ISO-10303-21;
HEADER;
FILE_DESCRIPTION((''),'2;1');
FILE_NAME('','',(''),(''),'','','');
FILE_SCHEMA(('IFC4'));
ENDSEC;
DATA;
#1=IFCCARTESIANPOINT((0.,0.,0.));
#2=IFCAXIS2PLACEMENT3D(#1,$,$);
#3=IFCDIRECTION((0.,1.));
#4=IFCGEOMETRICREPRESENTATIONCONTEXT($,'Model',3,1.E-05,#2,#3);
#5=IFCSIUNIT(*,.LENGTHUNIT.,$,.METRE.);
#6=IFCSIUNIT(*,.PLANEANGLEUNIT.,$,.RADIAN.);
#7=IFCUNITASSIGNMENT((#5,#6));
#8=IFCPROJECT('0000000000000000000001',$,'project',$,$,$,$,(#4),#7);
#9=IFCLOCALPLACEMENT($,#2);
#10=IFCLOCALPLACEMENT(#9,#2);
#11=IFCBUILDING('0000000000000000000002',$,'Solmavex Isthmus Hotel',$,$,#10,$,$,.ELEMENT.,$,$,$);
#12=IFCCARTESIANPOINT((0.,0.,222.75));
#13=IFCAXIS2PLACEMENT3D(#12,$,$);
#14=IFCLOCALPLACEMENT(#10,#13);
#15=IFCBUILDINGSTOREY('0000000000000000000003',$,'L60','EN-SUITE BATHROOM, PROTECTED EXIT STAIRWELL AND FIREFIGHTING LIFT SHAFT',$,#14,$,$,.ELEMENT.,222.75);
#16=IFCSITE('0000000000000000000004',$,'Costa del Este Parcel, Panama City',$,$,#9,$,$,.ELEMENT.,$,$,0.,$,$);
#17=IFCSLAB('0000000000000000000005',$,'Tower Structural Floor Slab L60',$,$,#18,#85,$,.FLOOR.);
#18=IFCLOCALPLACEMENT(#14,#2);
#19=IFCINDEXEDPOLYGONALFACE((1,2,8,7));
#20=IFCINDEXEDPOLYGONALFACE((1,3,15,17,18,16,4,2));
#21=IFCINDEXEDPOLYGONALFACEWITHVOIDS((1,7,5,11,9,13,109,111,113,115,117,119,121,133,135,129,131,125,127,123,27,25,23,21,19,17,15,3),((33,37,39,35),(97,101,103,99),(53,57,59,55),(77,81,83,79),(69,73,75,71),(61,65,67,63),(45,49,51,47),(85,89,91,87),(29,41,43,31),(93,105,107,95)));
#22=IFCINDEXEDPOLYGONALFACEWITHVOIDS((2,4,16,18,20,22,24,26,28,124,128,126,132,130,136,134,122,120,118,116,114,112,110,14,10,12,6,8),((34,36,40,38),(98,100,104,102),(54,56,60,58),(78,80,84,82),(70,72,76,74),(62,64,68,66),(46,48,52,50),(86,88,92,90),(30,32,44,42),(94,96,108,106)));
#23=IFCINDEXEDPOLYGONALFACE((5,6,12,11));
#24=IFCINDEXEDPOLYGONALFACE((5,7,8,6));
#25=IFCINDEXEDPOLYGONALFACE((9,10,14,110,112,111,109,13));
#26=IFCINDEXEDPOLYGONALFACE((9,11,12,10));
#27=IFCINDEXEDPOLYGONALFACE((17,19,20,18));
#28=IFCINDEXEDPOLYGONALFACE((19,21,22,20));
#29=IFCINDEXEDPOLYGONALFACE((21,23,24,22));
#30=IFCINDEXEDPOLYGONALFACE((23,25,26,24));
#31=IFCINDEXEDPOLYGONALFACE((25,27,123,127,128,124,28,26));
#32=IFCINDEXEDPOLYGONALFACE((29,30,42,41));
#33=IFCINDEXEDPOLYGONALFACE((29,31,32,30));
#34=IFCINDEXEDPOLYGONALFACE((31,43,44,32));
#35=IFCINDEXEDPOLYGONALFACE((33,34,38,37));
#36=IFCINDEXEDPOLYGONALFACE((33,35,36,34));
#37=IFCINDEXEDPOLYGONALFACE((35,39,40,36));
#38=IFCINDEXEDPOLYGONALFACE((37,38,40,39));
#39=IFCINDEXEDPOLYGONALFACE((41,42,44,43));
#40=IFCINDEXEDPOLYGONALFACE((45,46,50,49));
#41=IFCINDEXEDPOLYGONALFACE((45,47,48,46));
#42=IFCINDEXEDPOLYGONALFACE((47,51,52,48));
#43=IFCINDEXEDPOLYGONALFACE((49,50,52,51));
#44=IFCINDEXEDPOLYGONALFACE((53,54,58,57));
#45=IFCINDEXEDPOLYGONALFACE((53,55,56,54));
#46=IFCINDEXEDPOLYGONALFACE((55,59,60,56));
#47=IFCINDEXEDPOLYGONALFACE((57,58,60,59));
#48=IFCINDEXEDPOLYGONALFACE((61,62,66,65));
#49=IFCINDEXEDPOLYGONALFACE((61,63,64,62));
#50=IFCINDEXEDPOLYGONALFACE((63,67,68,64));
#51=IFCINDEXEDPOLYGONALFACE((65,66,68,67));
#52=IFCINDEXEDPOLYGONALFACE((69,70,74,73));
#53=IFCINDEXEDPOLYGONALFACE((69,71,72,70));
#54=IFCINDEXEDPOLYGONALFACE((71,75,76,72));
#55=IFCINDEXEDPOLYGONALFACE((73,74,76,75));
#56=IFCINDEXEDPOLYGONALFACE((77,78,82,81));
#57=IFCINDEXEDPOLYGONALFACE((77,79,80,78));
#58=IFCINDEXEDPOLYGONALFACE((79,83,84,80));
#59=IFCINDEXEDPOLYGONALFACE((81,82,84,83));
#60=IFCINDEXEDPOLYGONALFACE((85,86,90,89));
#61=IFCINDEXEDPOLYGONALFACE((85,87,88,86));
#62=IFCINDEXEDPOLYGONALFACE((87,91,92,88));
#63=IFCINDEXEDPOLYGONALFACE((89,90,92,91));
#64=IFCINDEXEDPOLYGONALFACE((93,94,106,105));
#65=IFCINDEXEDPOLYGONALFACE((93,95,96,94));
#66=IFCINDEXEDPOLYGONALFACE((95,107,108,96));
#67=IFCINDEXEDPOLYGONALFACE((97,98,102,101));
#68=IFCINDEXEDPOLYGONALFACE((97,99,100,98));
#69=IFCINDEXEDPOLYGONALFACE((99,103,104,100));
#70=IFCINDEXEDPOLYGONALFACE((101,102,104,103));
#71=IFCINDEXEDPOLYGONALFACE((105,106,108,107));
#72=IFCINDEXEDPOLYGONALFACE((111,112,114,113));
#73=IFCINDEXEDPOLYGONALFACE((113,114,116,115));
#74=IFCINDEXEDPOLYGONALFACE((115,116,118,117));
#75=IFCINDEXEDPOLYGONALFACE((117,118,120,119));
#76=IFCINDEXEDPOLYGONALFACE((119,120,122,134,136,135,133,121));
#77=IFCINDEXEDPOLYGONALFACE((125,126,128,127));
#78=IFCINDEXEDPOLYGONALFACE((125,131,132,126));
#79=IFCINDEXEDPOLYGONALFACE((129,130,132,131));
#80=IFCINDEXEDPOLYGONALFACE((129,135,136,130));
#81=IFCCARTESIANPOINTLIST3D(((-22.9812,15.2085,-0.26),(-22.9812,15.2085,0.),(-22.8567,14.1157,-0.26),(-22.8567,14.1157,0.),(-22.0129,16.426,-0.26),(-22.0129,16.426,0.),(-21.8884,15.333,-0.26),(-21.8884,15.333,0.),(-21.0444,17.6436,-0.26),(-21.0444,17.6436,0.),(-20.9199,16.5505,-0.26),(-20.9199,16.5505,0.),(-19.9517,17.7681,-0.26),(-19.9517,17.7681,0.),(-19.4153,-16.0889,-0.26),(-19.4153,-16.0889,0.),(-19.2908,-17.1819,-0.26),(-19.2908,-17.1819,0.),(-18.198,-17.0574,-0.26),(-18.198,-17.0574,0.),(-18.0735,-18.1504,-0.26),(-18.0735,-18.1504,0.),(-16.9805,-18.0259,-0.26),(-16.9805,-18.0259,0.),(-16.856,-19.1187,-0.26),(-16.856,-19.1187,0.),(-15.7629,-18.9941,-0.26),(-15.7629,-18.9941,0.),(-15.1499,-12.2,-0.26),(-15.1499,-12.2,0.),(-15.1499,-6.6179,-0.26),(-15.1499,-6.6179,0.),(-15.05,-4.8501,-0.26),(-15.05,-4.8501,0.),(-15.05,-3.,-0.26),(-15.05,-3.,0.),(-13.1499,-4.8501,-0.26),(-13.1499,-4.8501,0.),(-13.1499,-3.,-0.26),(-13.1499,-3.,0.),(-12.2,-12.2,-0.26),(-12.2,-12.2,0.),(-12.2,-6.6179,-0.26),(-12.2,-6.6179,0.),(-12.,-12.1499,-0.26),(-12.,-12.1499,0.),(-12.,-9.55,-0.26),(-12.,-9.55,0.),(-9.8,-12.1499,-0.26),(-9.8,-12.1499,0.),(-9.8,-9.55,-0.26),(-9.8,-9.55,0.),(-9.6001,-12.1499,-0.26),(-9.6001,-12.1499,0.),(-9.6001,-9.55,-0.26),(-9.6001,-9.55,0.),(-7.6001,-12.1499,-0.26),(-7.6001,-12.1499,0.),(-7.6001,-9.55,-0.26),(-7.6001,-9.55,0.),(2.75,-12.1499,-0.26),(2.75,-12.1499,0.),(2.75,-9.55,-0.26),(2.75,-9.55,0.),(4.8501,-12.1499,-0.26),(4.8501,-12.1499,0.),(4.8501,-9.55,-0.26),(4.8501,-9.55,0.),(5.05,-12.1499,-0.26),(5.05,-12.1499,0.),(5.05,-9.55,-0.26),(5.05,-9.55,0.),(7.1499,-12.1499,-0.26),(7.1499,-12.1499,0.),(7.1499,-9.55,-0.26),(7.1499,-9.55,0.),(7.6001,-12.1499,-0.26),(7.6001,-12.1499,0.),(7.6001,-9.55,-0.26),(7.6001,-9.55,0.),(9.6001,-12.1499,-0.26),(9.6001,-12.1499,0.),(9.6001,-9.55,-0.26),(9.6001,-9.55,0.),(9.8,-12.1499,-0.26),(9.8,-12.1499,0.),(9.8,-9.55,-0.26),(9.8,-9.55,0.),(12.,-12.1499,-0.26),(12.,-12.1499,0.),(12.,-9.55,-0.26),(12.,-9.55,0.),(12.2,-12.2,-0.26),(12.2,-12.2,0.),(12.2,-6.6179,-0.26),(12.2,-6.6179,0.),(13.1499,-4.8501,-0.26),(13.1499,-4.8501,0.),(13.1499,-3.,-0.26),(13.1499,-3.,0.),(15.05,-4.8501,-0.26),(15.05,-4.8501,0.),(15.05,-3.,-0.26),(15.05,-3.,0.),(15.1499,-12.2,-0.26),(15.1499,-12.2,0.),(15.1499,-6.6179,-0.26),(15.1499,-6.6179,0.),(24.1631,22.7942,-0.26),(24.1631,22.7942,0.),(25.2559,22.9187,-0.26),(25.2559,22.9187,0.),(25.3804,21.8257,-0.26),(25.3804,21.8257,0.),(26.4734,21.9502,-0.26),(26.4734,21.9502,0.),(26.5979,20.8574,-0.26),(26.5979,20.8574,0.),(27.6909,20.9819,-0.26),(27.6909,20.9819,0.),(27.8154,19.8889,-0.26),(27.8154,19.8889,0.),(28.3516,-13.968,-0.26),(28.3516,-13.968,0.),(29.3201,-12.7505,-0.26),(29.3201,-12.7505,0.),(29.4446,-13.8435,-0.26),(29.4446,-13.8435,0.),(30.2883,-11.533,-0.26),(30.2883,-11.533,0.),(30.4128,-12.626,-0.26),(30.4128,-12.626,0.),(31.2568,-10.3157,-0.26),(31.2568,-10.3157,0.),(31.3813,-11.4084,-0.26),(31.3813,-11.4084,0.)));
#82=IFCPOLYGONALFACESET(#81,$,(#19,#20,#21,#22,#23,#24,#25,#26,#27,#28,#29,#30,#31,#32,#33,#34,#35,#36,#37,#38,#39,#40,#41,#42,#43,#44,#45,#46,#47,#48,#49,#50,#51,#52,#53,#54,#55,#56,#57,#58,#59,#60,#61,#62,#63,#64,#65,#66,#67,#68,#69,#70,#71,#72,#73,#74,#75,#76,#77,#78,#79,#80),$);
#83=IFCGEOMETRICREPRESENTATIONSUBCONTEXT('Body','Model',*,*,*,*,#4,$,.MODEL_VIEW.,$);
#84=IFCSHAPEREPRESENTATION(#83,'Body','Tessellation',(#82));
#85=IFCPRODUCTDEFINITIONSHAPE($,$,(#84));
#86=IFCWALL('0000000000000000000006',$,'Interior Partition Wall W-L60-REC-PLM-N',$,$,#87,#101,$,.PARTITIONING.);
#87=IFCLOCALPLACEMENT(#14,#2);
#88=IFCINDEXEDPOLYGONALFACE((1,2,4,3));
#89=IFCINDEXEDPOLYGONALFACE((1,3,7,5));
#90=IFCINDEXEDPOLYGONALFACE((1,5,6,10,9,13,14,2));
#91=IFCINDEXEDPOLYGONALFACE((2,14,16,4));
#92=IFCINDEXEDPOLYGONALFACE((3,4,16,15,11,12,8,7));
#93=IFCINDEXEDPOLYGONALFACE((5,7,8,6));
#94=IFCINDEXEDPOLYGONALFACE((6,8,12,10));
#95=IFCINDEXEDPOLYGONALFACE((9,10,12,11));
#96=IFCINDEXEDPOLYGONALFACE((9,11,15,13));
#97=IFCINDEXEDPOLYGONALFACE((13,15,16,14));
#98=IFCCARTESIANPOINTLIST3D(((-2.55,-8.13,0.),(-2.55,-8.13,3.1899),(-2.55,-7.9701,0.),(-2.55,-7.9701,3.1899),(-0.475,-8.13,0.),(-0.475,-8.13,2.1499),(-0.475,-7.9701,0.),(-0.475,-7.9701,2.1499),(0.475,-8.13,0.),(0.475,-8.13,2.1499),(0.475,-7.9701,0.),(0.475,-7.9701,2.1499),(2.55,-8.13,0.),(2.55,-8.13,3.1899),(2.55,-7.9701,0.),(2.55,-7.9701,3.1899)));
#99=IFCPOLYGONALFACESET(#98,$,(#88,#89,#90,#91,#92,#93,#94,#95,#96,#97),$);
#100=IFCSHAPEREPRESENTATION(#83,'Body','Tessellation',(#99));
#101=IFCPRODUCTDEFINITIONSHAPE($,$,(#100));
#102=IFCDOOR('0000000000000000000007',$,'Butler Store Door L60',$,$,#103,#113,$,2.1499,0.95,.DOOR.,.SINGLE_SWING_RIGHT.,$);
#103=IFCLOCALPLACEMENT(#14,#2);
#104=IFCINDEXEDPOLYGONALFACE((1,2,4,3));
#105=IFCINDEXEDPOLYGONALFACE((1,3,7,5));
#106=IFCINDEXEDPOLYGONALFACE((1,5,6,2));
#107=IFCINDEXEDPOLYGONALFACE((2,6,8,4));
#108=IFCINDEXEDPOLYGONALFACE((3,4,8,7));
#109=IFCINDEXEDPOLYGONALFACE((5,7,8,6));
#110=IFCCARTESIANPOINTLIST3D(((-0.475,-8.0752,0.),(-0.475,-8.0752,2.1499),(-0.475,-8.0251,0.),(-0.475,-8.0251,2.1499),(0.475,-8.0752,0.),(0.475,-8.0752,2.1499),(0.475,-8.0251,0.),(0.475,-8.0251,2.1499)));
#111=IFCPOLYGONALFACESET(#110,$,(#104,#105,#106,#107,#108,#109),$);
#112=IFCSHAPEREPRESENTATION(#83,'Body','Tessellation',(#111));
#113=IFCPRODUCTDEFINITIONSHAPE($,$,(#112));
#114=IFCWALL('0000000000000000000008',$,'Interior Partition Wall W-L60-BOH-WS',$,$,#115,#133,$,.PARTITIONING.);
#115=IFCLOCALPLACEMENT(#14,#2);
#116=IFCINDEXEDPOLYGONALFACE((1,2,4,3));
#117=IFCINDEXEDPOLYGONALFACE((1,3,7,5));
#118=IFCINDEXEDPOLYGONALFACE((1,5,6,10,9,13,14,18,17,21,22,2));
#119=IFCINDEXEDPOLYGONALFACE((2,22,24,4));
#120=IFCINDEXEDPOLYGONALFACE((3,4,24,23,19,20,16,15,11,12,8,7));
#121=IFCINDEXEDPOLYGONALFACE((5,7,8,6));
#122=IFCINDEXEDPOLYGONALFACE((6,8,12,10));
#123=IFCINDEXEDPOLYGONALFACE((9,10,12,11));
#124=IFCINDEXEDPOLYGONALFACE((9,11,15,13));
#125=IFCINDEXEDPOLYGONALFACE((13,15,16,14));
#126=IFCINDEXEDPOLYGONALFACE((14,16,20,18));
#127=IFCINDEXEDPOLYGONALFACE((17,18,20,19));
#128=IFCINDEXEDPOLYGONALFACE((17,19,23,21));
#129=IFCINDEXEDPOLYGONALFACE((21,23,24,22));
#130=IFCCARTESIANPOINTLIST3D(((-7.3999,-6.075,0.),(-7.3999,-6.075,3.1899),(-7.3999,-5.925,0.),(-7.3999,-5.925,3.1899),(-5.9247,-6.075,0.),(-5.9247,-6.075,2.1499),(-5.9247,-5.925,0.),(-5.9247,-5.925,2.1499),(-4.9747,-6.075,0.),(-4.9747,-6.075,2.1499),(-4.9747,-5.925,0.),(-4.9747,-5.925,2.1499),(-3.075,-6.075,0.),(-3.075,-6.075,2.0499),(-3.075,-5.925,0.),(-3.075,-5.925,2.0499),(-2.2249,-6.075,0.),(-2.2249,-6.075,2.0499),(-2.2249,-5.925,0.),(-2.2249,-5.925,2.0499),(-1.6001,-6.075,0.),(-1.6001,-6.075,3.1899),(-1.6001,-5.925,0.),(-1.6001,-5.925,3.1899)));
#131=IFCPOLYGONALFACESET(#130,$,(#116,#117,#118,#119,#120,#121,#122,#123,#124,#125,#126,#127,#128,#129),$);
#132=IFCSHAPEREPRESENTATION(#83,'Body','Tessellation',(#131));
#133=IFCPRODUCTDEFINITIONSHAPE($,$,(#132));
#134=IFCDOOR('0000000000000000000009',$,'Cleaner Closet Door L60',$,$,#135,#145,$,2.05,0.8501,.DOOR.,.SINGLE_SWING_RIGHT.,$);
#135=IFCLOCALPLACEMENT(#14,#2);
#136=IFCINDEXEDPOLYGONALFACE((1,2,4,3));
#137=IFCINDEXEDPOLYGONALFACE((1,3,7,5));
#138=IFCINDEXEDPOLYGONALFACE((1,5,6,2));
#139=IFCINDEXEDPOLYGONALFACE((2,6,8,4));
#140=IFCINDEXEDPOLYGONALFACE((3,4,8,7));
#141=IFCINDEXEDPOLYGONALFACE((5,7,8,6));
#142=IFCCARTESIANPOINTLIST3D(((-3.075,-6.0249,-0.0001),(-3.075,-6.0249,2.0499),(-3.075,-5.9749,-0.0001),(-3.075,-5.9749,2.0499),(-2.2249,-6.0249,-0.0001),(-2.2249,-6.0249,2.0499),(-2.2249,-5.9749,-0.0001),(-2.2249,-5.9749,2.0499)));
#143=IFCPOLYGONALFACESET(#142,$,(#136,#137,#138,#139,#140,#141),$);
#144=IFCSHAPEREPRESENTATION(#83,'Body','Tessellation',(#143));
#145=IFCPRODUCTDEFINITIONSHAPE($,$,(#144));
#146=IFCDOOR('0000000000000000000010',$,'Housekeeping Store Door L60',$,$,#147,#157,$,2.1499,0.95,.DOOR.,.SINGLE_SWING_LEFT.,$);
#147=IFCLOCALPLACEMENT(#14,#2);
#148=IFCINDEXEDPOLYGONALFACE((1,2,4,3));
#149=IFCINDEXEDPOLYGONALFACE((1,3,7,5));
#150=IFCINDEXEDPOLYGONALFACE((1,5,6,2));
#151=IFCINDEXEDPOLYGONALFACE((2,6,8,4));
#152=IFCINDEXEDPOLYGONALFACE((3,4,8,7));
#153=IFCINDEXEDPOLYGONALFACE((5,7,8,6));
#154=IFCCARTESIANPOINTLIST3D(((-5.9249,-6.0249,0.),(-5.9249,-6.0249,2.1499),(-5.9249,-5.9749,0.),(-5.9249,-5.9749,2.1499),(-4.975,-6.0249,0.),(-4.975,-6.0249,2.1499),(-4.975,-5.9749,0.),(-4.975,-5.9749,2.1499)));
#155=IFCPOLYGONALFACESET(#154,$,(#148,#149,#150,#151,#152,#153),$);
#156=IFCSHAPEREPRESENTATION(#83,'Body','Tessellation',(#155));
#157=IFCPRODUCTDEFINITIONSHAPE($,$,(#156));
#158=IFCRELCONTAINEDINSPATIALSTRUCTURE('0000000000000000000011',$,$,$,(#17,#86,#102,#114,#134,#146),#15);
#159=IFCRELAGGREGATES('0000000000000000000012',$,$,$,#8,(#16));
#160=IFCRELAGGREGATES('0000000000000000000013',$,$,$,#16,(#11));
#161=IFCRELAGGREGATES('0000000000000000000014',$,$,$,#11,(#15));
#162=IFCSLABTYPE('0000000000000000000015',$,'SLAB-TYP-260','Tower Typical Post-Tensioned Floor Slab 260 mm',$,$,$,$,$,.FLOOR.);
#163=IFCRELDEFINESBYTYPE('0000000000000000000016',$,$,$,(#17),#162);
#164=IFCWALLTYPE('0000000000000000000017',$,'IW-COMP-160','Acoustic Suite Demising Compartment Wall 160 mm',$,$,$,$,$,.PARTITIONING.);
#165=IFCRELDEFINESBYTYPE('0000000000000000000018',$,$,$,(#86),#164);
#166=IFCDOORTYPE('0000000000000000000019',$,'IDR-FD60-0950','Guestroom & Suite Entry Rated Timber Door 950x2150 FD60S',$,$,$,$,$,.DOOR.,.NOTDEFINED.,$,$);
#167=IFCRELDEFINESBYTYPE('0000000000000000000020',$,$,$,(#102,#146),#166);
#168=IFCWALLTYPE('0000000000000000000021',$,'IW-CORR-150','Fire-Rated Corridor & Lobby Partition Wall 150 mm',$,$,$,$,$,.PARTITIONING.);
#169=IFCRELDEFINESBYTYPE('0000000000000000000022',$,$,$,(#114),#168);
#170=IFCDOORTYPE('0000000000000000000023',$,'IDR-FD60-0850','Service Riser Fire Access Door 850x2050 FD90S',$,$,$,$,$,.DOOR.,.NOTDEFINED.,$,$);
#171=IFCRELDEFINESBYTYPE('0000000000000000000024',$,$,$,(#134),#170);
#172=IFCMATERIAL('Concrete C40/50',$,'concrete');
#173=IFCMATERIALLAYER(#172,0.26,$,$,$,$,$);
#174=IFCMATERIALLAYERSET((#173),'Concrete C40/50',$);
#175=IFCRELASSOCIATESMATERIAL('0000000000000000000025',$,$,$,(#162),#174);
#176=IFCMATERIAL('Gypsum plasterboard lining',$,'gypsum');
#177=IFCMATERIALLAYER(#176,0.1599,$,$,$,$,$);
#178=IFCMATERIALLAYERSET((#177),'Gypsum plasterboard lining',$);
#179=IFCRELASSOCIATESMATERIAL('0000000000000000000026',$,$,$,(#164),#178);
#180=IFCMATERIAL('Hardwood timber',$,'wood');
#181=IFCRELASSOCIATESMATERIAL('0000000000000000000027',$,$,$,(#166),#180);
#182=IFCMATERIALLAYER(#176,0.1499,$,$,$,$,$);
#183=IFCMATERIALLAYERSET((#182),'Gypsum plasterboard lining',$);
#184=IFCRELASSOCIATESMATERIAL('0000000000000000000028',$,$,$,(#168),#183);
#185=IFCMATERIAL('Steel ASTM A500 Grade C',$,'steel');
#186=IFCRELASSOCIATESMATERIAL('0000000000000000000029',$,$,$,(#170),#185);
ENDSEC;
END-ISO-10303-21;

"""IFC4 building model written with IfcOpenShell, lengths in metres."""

from ifc_helpers import new_model, si_unit, direction, frame, frame_2d, origin, place, context, subcontext, project, spatial, polyline, rectangle, outline, extrude, material, layer, layer_set, type_object, element, fill, save


model = new_model("IFC4")

# Units and contexts
model_context = context("Model", 3, precision=1e-05, world=origin(), true_north=direction((0.0, 1.0)))
body_context = subcontext(model_context, "Body", "Model", "MODEL_VIEW")
ifc_project = project(units=[si_unit("LENGTHUNIT", "METRE"), si_unit("PLANEANGLEUNIT", "RADIAN")], contexts=[model_context])

# Site, building, storey
site_placement = place(None, origin())
site = spatial("IfcSite", under=ifc_project, at=site_placement, Name="Costa del Este Parcel, Panama City", CompositionType="ELEMENT", RefElevation=0.0)
building_placement = place(site_placement, origin())
building = spatial("IfcBuilding", under=site, at=building_placement, Name="Solmavex Isthmus Hotel", CompositionType="ELEMENT")
storey_placement = place(building_placement, frame((0.0, 0.0, 222.75)))
storey = spatial("IfcBuildingStorey", under=building, at=storey_placement, Name="L60", Description="EN-SUITE BATHROOM, PROTECTED EXIT STAIRWELL AND FIREFIGHTING LIFT SHAFT", CompositionType="ELEMENT", Elevation=222.75)

# Slab
ifc_material_1 = material(Name="Concrete C40/50", Category="concrete")
ifc_layer_1 = layer(ifc_material_1, 0.26)
ifc_layer_set_1 = layer_set([ifc_layer_1], Name="Concrete C40/50")
slab_type = type_object("IfcSlabType", Name="SLAB-TYP-260", Description="Tower Typical Post-Tensioned Floor Slab 260 mm", PredefinedType="FLOOR", material=ifc_layer_set_1)
slab_placement = place(storey_placement, frame((0.0, 0.0, -0.26)))
element("IfcSlab", 1, at=slab_placement, inside=storey, type_object=slab_type, Name="Tower Structural Floor Slab L60", PredefinedType="FLOOR", context=body_context, shape_type="SweptSolid", body=[
    extrude(outline(polyline([(-15.7629, -18.9941), (28.3516, -13.968), (29.4446, -13.8435), (29.3201, -12.7505), (30.4128, -12.626), (30.2883, -11.533), (31.3813, -11.4084), (31.2568, -10.3157), (27.8154, 19.8889), (27.6909, 20.9819), (26.5979, 20.8574), (26.4734, 21.9502), (25.3804, 21.8257), (25.2559, 22.9187), (24.1631, 22.7942), (-19.9517, 17.7681), (-21.0444, 17.6436), (-20.9199, 16.5505), (-22.0129, 16.426), (-21.8884, 15.333), (-22.9812, 15.2085), (-22.8567, 14.1157), (-19.4153, -16.0889), (-19.2908, -17.1819), (-18.198, -17.0574), (-18.0735, -18.1504), (-16.9805, -18.0259), (-16.856, -19.1187), (-15.7629, -18.9941)]), holes=[polyline([(-15.1499, -6.6179), (-15.1499, -12.2), (-12.2, -12.2), (-12.2, -6.6179), (-15.1499, -6.6179)]), polyline([(12.2, -6.6179), (12.2, -12.2), (15.1499, -12.2), (15.1499, -6.6179), (12.2, -6.6179)]), polyline([(-12.0, -12.1499), (-9.8, -12.1499), (-9.8, -9.55), (-12.0, -9.55), (-12.0, -12.1499)]), polyline([(9.8, -12.1499), (12.0, -12.1499), (12.0, -9.55), (9.8, -9.55), (9.8, -12.1499)]), polyline([(-9.6001, -12.1499), (-7.6001, -12.1499), (-7.6001, -9.55), (-9.6001, -9.55), (-9.6001, -12.1499)]), polyline([(7.6001, -12.1499), (9.6001, -12.1499), (9.6001, -9.55), (7.6001, -9.55), (7.6001, -12.1499)]), polyline([(2.75, -12.1499), (4.8501, -12.1499), (4.8501, -9.55), (2.75, -9.55), (2.75, -12.1499)]), polyline([(5.05, -12.1499), (7.1499, -12.1499), (7.1499, -9.55), (5.05, -9.55), (5.05, -12.1499)]), polyline([(-15.05, -4.8501), (-13.1499, -4.8501), (-13.1499, -3.0), (-15.05, -3.0), (-15.05, -4.8501)]), polyline([(13.1499, -4.8501), (15.05, -4.8501), (15.05, -3.0), (13.1499, -3.0), (13.1499, -4.8501)])]), origin(), (0.0, 0.0, 1.0), 0.26),
])

# Wall, opening, door
ifc_material_2 = material(Name="Gypsum plasterboard lining", Category="gypsum")
ifc_layer_2 = layer(ifc_material_2, 0.1599)
ifc_layer_set_2 = layer_set([ifc_layer_2], Name="Gypsum plasterboard lining")
wall_type_1 = type_object("IfcWallType", Name="IW-COMP-160", Description="Acoustic Suite Demising Compartment Wall 160 mm", PredefinedType="PARTITIONING", material=ifc_layer_set_2)
ifc_material_3 = material(Name="Hardwood timber", Category="wood")
door_type_1 = type_object("IfcDoorType", Name="IDR-FD60-0950", Description="Guestroom & Suite Entry Rated Timber Door 950x2150 FD60S", OperationType="NOTDEFINED", PredefinedType="DOOR", material=ifc_material_3)
wall_1_placement = place(storey_placement, frame((-2.55, -8.05, 0.0), z_axis=(0.0, 0.0, 1.0), x_axis=(1.0, 0.0, 0.0)))
wall_1 = element("IfcWall", 2, at=wall_1_placement, inside=storey, type_object=wall_type_1, Name="Interior Partition Wall W-L60-REC-PLM-N", PredefinedType="PARTITIONING", context=body_context, shape_type="SweptSolid", body=[
    extrude(rectangle(XDim=5.1001, YDim=0.1599, at=frame_2d((2.55, 0.0))), origin(), (0.0, 0.0, 1.0), 3.1899),
])
opening_1_placement = place(wall_1_placement, frame((2.075, 0.0, 0.0)))
opening_1 = element("IfcOpeningElement", 3, at=opening_1_placement, cuts=wall_1, PredefinedType="OPENING", context=body_context, shape_type="SweptSolid", body=[
    extrude(rectangle(XDim=0.95, YDim=2.1499, at=frame_2d((0.4751, 1.075))), frame((0.0, 0.0898, 0.0), z_axis=(0.0, -1.0, 0.0), x_axis=(1.0, 0.0, 0.0)), (0.0, 0.0, 1.0), 0.1799),
])
door_1_placement = place(opening_1_placement, origin())
door_1 = element("IfcDoor", 4, at=door_1_placement, inside=storey, type_object=door_type_1, Name="Butler Store Door L60", OperationType="SINGLE_SWING_RIGHT", OverallHeight=2.1499, OverallWidth=0.95, PredefinedType="DOOR", context=body_context, shape_type="SweptSolid", body=[
    extrude(rectangle(XDim=0.95, YDim=2.1499, at=frame_2d((0.4751, 1.075))), frame((0.0, 0.0249, 0.0), z_axis=(0.0, -1.0, 0.0), x_axis=(1.0, 0.0, 0.0)), (0.0, 0.0, 1.0), 0.05),
])
fill(opening_1, door_1)

# Wall, openings, doors
ifc_layer_3 = layer(ifc_material_2, 0.1499)
ifc_layer_set_3 = layer_set([ifc_layer_3], Name="Gypsum plasterboard lining")
wall_type_2 = type_object("IfcWallType", Name="IW-CORR-150", Description="Fire-Rated Corridor & Lobby Partition Wall 150 mm", PredefinedType="PARTITIONING", material=ifc_layer_set_3)
wall_2_placement = place(storey_placement, frame((-7.3999, -6.0, 0.0), z_axis=(0.0, 0.0, 1.0), x_axis=(1.0, 0.0, 0.0)))
wall_2 = element("IfcWall", 5, at=wall_2_placement, inside=storey, type_object=wall_type_2, Name="Interior Partition Wall W-L60-BOH-WS", PredefinedType="PARTITIONING", context=body_context, shape_type="SweptSolid", body=[
    extrude(rectangle(XDim=5.7998, YDim=0.1499, at=frame_2d((2.8999, 0.0))), origin(), (0.0, 0.0, 1.0), 3.1899),
])
opening_2_placement = place(wall_2_placement, frame((1.4751, 0.0, 0.0)))
opening_2 = element("IfcOpeningElement", 6, at=opening_2_placement, cuts=wall_2, PredefinedType="OPENING", context=body_context, shape_type="SweptSolid", body=[
    extrude(rectangle(XDim=0.95, YDim=2.1499, at=frame_2d((0.4751, 1.075))), frame((0.0, 0.085, 0.0), z_axis=(0.0, -1.0, 0.0), x_axis=(1.0, 0.0, 0.0)), (0.0, 0.0, 1.0), 0.1699),
])
opening_3_placement = place(wall_2_placement, frame((4.325, 0.0, 0.0)))
opening_3 = element("IfcOpeningElement", 7, at=opening_3_placement, cuts=wall_2, PredefinedType="OPENING", context=body_context, shape_type="SweptSolid", body=[
    extrude(rectangle(XDim=0.8501, YDim=2.05, at=frame_2d((0.425, 1.0249))), frame((0.0, 0.085, 0.0), z_axis=(0.0, -1.0, 0.0), x_axis=(1.0, 0.0, 0.0)), (0.0, 0.0, 1.0), 0.1699),
])
ifc_material_4 = material(Name="Steel ASTM A500 Grade C", Category="steel")
door_type_2 = type_object("IfcDoorType", Name="IDR-FD60-0850", Description="Service Riser Fire Access Door 850x2050 FD90S", OperationType="NOTDEFINED", PredefinedType="DOOR", material=ifc_material_4)
door_2_placement = place(opening_3_placement, frame((0.8501, 0.0, 0.0), z_axis=(0.0, 0.0, 1.0), x_axis=(-1.0, 0.0, 0.0)))
door_2 = element("IfcDoor", 8, at=door_2_placement, inside=storey, type_object=door_type_2, Name="Cleaner Closet Door L60", OperationType="SINGLE_SWING_RIGHT", OverallHeight=2.05, OverallWidth=0.8501, PredefinedType="DOOR", context=body_context, shape_type="SweptSolid", body=[
    extrude(rectangle(XDim=0.8501, YDim=2.05, at=frame_2d((0.425, 1.0249))), frame((0.0, 0.0249, 0.0), z_axis=(0.0, -1.0, 0.0), x_axis=(1.0, 0.0, 0.0)), (0.0, 0.0, 1.0), 0.05),
])
fill(opening_3, door_2)
door_3_placement = place(opening_2_placement, frame((0.95, 0.0, 0.0), z_axis=(0.0, 0.0, 1.0), x_axis=(-1.0, 0.0, 0.0)))
door_3 = element("IfcDoor", 9, at=door_3_placement, inside=storey, type_object=door_type_1, Name="Housekeeping Store Door L60", OperationType="SINGLE_SWING_LEFT", OverallHeight=2.1499, OverallWidth=0.95, PredefinedType="DOOR", context=body_context, shape_type="SweptSolid", body=[
    extrude(rectangle(XDim=0.95, YDim=2.1499, at=frame_2d((0.4751, 1.075))), frame((0.0, 0.0249, 0.0), z_axis=(0.0, -1.0, 0.0), x_axis=(1.0, 0.0, 0.0)), (0.0, 0.0, 1.0), 0.05),
])
fill(opening_2, door_3)

save(model, "model.ifc")
